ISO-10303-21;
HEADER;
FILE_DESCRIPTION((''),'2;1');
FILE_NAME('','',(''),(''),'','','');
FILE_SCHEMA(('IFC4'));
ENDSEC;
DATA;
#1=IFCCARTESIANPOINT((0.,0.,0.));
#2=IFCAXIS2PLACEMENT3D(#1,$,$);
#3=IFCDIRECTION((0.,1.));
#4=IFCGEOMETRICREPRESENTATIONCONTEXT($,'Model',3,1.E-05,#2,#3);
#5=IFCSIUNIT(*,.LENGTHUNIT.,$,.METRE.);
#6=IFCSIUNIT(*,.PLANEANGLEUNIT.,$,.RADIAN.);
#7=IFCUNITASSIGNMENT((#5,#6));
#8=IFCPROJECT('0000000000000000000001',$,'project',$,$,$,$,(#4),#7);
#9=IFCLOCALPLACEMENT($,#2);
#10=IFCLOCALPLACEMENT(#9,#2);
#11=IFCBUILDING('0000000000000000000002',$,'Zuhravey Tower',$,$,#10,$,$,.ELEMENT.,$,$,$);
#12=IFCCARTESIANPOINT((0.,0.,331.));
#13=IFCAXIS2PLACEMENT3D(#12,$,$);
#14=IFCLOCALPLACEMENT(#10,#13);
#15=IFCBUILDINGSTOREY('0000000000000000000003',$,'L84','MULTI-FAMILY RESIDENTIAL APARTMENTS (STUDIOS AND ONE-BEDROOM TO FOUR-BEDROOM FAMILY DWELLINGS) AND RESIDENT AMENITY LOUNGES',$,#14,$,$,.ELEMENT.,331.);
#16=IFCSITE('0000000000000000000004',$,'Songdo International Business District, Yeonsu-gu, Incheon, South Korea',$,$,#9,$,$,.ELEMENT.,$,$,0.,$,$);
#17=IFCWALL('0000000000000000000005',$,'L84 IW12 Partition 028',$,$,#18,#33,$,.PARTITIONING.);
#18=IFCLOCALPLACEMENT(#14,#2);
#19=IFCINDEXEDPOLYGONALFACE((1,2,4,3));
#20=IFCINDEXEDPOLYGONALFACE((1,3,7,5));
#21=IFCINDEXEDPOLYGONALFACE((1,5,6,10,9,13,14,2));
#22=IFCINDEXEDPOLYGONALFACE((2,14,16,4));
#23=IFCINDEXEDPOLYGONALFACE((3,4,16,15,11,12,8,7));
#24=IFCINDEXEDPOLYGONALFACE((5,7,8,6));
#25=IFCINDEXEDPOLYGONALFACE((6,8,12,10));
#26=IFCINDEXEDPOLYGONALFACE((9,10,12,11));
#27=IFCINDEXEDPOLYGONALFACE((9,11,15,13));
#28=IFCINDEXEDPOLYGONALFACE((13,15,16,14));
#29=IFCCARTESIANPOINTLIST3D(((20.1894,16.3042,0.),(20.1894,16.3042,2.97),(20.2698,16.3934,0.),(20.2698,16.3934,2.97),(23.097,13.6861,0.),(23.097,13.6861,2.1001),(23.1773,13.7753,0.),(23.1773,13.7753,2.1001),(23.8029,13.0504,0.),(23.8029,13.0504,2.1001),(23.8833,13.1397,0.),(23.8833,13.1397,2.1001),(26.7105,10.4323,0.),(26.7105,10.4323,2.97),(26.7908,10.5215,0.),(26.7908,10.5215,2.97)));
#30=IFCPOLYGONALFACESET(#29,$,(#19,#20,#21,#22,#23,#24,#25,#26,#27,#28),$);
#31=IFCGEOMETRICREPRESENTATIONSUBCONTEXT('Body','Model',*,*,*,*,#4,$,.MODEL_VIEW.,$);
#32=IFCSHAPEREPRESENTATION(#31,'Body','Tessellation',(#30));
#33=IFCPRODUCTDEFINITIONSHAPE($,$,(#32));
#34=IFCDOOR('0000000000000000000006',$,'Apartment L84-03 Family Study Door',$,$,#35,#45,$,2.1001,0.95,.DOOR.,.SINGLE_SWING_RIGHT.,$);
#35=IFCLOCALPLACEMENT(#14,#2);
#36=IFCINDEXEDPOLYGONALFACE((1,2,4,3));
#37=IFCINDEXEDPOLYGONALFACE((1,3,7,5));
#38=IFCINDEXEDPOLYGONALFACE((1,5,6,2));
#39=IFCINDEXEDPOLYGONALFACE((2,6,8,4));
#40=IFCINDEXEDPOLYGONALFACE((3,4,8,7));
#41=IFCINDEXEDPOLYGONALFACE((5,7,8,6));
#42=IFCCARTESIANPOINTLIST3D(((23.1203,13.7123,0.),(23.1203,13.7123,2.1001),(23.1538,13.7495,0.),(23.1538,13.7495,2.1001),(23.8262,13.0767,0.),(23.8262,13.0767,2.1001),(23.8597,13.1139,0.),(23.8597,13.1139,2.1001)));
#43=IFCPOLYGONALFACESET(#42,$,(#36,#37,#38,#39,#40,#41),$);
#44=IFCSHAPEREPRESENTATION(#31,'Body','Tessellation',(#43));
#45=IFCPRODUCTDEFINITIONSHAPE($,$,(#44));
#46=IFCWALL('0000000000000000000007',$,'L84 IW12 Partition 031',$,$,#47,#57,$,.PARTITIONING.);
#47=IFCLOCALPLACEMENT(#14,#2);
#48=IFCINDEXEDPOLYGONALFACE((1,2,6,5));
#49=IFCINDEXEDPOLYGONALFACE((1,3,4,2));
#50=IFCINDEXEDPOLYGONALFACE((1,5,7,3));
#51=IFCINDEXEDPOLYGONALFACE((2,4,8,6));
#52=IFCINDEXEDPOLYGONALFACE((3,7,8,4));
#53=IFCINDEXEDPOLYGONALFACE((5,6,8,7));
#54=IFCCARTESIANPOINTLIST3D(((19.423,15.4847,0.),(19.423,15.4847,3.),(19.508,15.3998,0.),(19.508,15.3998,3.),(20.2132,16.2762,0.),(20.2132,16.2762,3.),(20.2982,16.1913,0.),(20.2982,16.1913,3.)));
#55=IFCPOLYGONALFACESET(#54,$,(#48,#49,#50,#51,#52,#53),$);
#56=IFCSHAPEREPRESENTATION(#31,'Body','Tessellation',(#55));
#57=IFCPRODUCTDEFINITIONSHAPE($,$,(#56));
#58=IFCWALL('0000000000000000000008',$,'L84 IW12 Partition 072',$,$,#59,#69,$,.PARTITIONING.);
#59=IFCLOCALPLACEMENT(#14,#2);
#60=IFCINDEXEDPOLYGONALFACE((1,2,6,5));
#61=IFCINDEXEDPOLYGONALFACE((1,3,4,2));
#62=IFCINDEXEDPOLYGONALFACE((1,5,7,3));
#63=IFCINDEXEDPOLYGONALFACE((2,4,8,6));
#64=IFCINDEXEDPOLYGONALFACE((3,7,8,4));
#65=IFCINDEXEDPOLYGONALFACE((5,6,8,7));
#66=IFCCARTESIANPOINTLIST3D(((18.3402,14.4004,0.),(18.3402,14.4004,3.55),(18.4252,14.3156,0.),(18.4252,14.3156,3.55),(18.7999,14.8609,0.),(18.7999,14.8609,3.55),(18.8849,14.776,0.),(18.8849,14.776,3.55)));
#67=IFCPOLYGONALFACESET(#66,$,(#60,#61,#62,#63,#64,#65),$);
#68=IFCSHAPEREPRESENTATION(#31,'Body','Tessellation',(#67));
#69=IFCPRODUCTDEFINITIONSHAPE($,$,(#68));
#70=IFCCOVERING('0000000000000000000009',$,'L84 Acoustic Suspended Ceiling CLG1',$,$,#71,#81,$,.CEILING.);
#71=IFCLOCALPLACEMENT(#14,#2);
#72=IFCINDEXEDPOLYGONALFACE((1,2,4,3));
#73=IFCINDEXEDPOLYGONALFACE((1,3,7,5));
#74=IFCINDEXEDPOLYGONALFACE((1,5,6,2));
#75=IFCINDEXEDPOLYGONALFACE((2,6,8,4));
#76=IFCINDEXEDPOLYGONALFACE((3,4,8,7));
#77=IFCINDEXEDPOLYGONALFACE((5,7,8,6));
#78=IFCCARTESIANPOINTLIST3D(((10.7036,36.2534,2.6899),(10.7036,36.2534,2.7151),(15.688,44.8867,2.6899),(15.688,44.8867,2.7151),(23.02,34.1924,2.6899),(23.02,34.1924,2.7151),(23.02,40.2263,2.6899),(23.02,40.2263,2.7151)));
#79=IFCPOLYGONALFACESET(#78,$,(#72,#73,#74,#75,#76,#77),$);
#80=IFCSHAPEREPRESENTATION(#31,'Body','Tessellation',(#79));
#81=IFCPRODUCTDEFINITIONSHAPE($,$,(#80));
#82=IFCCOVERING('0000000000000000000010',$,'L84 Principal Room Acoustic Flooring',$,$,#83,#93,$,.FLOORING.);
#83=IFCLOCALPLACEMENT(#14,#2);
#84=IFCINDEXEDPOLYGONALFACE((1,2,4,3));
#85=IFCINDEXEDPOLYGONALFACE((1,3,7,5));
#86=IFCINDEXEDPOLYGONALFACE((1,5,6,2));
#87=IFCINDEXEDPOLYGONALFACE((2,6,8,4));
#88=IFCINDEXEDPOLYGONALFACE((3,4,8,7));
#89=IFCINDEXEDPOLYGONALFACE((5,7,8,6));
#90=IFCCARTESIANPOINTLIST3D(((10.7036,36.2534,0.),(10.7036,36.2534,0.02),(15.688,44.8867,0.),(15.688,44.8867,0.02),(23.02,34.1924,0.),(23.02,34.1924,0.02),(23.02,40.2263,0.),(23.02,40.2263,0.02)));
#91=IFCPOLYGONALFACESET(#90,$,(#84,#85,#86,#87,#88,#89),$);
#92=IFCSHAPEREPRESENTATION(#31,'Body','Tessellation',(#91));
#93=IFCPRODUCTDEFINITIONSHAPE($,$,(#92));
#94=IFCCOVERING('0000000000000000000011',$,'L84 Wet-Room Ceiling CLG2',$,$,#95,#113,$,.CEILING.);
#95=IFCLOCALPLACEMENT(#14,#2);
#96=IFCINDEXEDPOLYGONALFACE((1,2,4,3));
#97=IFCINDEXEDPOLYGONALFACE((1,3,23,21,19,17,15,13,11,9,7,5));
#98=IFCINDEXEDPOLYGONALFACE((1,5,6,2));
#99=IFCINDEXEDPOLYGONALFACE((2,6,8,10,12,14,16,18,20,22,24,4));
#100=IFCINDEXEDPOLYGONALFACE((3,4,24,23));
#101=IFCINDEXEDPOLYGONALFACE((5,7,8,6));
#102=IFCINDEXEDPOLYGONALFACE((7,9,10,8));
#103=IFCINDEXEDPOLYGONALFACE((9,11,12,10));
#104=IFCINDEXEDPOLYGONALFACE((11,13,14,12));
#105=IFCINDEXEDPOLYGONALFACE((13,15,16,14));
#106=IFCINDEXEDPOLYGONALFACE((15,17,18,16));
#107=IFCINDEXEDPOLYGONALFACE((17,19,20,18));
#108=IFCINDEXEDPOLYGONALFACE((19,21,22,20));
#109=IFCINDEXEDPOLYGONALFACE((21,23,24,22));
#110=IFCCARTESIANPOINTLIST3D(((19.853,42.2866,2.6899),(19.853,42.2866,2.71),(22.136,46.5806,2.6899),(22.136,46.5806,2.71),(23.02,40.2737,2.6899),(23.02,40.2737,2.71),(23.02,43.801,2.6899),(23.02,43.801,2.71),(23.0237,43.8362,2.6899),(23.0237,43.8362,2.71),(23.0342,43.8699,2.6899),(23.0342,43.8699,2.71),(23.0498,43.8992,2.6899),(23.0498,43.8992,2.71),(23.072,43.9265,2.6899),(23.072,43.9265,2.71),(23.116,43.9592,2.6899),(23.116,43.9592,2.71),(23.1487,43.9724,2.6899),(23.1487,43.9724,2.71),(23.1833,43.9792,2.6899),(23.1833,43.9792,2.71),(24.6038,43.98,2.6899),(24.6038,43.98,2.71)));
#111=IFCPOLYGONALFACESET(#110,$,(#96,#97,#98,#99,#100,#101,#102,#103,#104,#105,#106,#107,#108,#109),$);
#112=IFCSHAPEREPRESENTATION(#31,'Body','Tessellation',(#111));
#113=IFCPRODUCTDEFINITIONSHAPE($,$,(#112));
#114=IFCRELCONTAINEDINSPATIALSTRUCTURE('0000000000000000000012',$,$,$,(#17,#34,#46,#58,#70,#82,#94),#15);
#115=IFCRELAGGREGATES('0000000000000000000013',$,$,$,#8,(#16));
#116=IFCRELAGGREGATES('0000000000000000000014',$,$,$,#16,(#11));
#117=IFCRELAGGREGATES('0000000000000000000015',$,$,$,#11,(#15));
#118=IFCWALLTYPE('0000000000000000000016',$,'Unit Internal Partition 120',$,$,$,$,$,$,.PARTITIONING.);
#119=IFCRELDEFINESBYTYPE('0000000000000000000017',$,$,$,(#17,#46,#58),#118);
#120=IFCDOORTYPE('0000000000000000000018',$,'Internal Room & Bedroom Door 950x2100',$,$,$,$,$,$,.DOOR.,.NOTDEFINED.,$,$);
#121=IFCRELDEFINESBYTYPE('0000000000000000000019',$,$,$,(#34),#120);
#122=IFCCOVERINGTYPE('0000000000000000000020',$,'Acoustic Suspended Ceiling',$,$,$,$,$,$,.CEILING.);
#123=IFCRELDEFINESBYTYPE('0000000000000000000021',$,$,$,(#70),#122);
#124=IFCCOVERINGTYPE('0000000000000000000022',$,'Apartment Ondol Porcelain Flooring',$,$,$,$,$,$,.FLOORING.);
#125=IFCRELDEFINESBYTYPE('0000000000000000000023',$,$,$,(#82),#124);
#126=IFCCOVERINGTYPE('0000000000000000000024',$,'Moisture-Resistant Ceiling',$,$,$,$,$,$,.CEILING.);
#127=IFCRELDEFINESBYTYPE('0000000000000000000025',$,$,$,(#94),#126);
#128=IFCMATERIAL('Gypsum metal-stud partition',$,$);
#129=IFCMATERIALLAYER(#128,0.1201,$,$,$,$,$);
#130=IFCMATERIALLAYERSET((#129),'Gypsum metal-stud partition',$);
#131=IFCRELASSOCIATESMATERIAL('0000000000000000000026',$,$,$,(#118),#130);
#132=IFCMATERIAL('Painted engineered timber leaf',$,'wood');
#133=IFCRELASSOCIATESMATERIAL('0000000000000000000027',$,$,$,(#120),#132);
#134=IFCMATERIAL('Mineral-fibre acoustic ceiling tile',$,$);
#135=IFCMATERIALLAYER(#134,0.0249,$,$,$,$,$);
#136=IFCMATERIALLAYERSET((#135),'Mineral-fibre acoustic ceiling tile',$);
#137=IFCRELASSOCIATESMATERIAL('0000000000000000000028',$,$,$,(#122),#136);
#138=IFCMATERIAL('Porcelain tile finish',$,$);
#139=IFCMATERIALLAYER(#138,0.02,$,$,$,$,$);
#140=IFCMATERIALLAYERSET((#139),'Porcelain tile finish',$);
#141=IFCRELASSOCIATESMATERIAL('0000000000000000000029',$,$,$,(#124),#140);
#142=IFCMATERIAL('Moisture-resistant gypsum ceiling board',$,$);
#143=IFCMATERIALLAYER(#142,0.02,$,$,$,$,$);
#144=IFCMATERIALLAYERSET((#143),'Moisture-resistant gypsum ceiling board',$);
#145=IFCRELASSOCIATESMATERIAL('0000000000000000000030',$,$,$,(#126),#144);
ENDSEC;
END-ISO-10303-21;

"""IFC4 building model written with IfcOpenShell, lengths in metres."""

from ifc_helpers import new_model, si_unit, direction, frame, frame_2d, origin, place, context, subcontext, project, spatial, polyline, rectangle, outline, extrude, material, layer, layer_set, type_object, element, fill, save


model = new_model("IFC4")

# Units and contexts
model_context = context("Model", 3, precision=1e-05, world=origin(), true_north=direction((0.0, 1.0)))
body_context = subcontext(model_context, "Body", "Model", "MODEL_VIEW")
ifc_project = project(units=[si_unit("LENGTHUNIT", "METRE"), si_unit("PLANEANGLEUNIT", "RADIAN")], contexts=[model_context])

# Site, building, storey
site_placement = place(None, origin())
site = spatial("IfcSite", under=ifc_project, at=site_placement, Name="Songdo International Business District, Yeonsu-gu, Incheon, South Korea", CompositionType="ELEMENT", RefElevation=0.0)
building_placement = place(site_placement, origin())
building = spatial("IfcBuilding", under=site, at=building_placement, Name="Zuhravey Tower", CompositionType="ELEMENT")
storey_placement = place(building_placement, frame((0.0, 0.0, 331.0)))
storey = spatial("IfcBuildingStorey", under=building, at=storey_placement, Name="L84", Description="MULTI-FAMILY RESIDENTIAL APARTMENTS (STUDIOS AND ONE-BEDROOM TO FOUR-BEDROOM FAMILY DWELLINGS) AND RESIDENT AMENITY LOUNGES", CompositionType="ELEMENT", Elevation=331.0)

# Wall, opening, door
ifc_material_1 = material(Name="Gypsum metal-stud partition")
ifc_layer_1 = layer(ifc_material_1, 0.1201)
ifc_layer_set_1 = layer_set([ifc_layer_1], Name="Gypsum metal-stud partition")
wall_type = type_object("IfcWallType", Name="Unit Internal Partition 120", PredefinedType="PARTITIONING", material=ifc_layer_set_1)
wall_1_placement = place(storey_placement, frame((20.2295, 16.3489, 0.0), z_axis=(0.0, 0.0, 1.0), x_axis=(0.743128, -0.669149, 0.0)))
wall_1 = element("IfcWall", 1, at=wall_1_placement, inside=storey, type_object=wall_type, Name="L84 IW12 Partition 028", PredefinedType="PARTITIONING", context=body_context, shape_type="SweptSolid", body=[
    extrude(rectangle(XDim=8.7751, YDim=0.1201, at=frame_2d((4.3877, 0.0))), origin(), (0.0, 0.0, 1.0), 2.97),
])
opening_placement = place(wall_1_placement, frame((3.9126, 0.0, 0.0)))
opening = element("IfcOpeningElement", 2, at=opening_placement, cuts=wall_1, PredefinedType="OPENING", context=body_context, shape_type="SweptSolid", body=[
    extrude(rectangle(XDim=0.95, YDim=2.1001, at=frame_2d((0.4751, 1.05))), frame((0.0, 0.072, 0.0), z_axis=(0.0, -1.0, 0.0), x_axis=(1.0, 0.0, 0.0)), (0.0, 0.0, 1.0), 0.144),
])
ifc_material_2 = material(Name="Painted engineered timber leaf", Category="wood")
door_type = type_object("IfcDoorType", Name="Internal Room & Bedroom Door 950x2100", OperationType="NOTDEFINED", PredefinedType="DOOR", material=ifc_material_2)
door_placement = place(opening_placement, frame((0.95, 0.0, 0.0), z_axis=(0.0, 0.0, 1.0), x_axis=(-1.0, 0.0, 0.0)))
door = element("IfcDoor", 3, at=door_placement, inside=storey, type_object=door_type, Name="Apartment L84-03 Family Study Door", OperationType="SINGLE_SWING_RIGHT", OverallHeight=2.1001, OverallWidth=0.95, PredefinedType="DOOR", context=body_context, shape_type="SweptSolid", body=[
    extrude(rectangle(XDim=0.95, YDim=2.1001, at=frame_2d((0.4751, 1.05))), frame((0.0, 0.0249, 0.0), z_axis=(0.0, -1.0, 0.0), x_axis=(1.0, 0.0, 0.0)), (0.0, 0.0, 1.0), 0.05),
])
fill(opening, door)

# Walls
wall_2_placement = place(storey_placement, frame((20.2556, 16.2336, 0.0), z_axis=(0.0, 0.0, 1.0), x_axis=(-0.706561, -0.707652, 0.0)))
element("IfcWall", 4, at=wall_2_placement, inside=storey, type_object=wall_type, Name="L84 IW12 Partition 031", PredefinedType="PARTITIONING", context=body_context, shape_type="SweptSolid", body=[
    extrude(rectangle(XDim=1.1184, YDim=0.1201, at=frame_2d((0.5591, 0.0))), origin(), (0.0, 0.0, 1.0), 3.0),
])
wall_3_placement = place(storey_placement, frame((18.8423, 14.8184, 0.0), z_axis=(0.0, 0.0, 1.0), x_axis=(-0.706544, -0.707669, 0.0)))
element("IfcWall", 5, at=wall_3_placement, inside=storey, type_object=wall_type, Name="L84 IW12 Partition 072", PredefinedType="PARTITIONING", context=body_context, shape_type="SweptSolid", body=[
    extrude(rectangle(XDim=0.6506, YDim=0.1201, at=frame_2d((0.3252, 0.0))), origin(), (0.0, 0.0, 1.0), 3.55),
])

# Coverings
ifc_material_3 = material(Name="Mineral-fibre acoustic ceiling tile")
ifc_layer_2 = layer(ifc_material_3, 0.0249)
ifc_layer_set_2 = layer_set([ifc_layer_2], Name="Mineral-fibre acoustic ceiling tile")
covering_type_1 = type_object("IfcCoveringType", Name="Acoustic Suspended Ceiling", PredefinedType="CEILING", material=ifc_layer_set_2)
covering_1_placement = place(storey_placement, frame((0.0, 0.0, 2.6899)))
element("IfcCovering", 6, at=covering_1_placement, inside=storey, type_object=covering_type_1, Name="L84 Acoustic Suspended Ceiling CLG1", PredefinedType="CEILING", context=body_context, shape_type="SweptSolid", body=[
    extrude(outline(polyline([(10.7036, 36.2534), (15.688, 44.8867), (23.02, 40.2263), (23.02, 34.1924), (10.7036, 36.2534)])), origin(), (0.0, 0.0, 1.0), 0.0251),
])
ifc_material_4 = material(Name="Porcelain tile finish")
ifc_layer_3 = layer(ifc_material_4, 0.02)
ifc_layer_set_3 = layer_set([ifc_layer_3], Name="Porcelain tile finish")
covering_type_2 = type_object("IfcCoveringType", Name="Apartment Ondol Porcelain Flooring", PredefinedType="FLOORING", material=ifc_layer_set_3)
covering_2_placement = place(storey_placement, origin())
element("IfcCovering", 7, at=covering_2_placement, inside=storey, type_object=covering_type_2, Name="L84 Principal Room Acoustic Flooring", PredefinedType="FLOORING", context=body_context, shape_type="SweptSolid", body=[
    extrude(outline(polyline([(10.7036, 36.2534), (15.688, 44.8867), (23.02, 40.2263), (23.02, 34.1924), (10.7036, 36.2534)])), origin(), (0.0, 0.0, 1.0), 0.02),
])
ifc_material_5 = material(Name="Moisture-resistant gypsum ceiling board")
ifc_layer_4 = layer(ifc_material_5, 0.02)
ifc_layer_set_4 = layer_set([ifc_layer_4], Name="Moisture-resistant gypsum ceiling board")
covering_type_3 = type_object("IfcCoveringType", Name="Moisture-Resistant Ceiling", PredefinedType="CEILING", material=ifc_layer_set_4)
covering_3_placement = place(storey_placement, frame((0.0, 0.0, 2.6899)))
element("IfcCovering", 8, at=covering_3_placement, inside=storey, type_object=covering_type_3, Name="L84 Wet-Room Ceiling CLG2", PredefinedType="CEILING", context=body_context, shape_type="SweptSolid", body=[
    extrude(outline(polyline([(23.1833, 43.9792), (23.1487, 43.9724), (23.116, 43.9592), (23.072, 43.9265), (23.0498, 43.8992), (23.0342, 43.8699), (23.0237, 43.8362), (23.02, 43.801), (23.02, 40.2737), (19.853, 42.2866), (22.136, 46.5806), (24.6038, 43.98), (23.1833, 43.9792)])), origin(), (0.0, 0.0, 1.0), 0.02),
])

save(model, "model.ifc")
